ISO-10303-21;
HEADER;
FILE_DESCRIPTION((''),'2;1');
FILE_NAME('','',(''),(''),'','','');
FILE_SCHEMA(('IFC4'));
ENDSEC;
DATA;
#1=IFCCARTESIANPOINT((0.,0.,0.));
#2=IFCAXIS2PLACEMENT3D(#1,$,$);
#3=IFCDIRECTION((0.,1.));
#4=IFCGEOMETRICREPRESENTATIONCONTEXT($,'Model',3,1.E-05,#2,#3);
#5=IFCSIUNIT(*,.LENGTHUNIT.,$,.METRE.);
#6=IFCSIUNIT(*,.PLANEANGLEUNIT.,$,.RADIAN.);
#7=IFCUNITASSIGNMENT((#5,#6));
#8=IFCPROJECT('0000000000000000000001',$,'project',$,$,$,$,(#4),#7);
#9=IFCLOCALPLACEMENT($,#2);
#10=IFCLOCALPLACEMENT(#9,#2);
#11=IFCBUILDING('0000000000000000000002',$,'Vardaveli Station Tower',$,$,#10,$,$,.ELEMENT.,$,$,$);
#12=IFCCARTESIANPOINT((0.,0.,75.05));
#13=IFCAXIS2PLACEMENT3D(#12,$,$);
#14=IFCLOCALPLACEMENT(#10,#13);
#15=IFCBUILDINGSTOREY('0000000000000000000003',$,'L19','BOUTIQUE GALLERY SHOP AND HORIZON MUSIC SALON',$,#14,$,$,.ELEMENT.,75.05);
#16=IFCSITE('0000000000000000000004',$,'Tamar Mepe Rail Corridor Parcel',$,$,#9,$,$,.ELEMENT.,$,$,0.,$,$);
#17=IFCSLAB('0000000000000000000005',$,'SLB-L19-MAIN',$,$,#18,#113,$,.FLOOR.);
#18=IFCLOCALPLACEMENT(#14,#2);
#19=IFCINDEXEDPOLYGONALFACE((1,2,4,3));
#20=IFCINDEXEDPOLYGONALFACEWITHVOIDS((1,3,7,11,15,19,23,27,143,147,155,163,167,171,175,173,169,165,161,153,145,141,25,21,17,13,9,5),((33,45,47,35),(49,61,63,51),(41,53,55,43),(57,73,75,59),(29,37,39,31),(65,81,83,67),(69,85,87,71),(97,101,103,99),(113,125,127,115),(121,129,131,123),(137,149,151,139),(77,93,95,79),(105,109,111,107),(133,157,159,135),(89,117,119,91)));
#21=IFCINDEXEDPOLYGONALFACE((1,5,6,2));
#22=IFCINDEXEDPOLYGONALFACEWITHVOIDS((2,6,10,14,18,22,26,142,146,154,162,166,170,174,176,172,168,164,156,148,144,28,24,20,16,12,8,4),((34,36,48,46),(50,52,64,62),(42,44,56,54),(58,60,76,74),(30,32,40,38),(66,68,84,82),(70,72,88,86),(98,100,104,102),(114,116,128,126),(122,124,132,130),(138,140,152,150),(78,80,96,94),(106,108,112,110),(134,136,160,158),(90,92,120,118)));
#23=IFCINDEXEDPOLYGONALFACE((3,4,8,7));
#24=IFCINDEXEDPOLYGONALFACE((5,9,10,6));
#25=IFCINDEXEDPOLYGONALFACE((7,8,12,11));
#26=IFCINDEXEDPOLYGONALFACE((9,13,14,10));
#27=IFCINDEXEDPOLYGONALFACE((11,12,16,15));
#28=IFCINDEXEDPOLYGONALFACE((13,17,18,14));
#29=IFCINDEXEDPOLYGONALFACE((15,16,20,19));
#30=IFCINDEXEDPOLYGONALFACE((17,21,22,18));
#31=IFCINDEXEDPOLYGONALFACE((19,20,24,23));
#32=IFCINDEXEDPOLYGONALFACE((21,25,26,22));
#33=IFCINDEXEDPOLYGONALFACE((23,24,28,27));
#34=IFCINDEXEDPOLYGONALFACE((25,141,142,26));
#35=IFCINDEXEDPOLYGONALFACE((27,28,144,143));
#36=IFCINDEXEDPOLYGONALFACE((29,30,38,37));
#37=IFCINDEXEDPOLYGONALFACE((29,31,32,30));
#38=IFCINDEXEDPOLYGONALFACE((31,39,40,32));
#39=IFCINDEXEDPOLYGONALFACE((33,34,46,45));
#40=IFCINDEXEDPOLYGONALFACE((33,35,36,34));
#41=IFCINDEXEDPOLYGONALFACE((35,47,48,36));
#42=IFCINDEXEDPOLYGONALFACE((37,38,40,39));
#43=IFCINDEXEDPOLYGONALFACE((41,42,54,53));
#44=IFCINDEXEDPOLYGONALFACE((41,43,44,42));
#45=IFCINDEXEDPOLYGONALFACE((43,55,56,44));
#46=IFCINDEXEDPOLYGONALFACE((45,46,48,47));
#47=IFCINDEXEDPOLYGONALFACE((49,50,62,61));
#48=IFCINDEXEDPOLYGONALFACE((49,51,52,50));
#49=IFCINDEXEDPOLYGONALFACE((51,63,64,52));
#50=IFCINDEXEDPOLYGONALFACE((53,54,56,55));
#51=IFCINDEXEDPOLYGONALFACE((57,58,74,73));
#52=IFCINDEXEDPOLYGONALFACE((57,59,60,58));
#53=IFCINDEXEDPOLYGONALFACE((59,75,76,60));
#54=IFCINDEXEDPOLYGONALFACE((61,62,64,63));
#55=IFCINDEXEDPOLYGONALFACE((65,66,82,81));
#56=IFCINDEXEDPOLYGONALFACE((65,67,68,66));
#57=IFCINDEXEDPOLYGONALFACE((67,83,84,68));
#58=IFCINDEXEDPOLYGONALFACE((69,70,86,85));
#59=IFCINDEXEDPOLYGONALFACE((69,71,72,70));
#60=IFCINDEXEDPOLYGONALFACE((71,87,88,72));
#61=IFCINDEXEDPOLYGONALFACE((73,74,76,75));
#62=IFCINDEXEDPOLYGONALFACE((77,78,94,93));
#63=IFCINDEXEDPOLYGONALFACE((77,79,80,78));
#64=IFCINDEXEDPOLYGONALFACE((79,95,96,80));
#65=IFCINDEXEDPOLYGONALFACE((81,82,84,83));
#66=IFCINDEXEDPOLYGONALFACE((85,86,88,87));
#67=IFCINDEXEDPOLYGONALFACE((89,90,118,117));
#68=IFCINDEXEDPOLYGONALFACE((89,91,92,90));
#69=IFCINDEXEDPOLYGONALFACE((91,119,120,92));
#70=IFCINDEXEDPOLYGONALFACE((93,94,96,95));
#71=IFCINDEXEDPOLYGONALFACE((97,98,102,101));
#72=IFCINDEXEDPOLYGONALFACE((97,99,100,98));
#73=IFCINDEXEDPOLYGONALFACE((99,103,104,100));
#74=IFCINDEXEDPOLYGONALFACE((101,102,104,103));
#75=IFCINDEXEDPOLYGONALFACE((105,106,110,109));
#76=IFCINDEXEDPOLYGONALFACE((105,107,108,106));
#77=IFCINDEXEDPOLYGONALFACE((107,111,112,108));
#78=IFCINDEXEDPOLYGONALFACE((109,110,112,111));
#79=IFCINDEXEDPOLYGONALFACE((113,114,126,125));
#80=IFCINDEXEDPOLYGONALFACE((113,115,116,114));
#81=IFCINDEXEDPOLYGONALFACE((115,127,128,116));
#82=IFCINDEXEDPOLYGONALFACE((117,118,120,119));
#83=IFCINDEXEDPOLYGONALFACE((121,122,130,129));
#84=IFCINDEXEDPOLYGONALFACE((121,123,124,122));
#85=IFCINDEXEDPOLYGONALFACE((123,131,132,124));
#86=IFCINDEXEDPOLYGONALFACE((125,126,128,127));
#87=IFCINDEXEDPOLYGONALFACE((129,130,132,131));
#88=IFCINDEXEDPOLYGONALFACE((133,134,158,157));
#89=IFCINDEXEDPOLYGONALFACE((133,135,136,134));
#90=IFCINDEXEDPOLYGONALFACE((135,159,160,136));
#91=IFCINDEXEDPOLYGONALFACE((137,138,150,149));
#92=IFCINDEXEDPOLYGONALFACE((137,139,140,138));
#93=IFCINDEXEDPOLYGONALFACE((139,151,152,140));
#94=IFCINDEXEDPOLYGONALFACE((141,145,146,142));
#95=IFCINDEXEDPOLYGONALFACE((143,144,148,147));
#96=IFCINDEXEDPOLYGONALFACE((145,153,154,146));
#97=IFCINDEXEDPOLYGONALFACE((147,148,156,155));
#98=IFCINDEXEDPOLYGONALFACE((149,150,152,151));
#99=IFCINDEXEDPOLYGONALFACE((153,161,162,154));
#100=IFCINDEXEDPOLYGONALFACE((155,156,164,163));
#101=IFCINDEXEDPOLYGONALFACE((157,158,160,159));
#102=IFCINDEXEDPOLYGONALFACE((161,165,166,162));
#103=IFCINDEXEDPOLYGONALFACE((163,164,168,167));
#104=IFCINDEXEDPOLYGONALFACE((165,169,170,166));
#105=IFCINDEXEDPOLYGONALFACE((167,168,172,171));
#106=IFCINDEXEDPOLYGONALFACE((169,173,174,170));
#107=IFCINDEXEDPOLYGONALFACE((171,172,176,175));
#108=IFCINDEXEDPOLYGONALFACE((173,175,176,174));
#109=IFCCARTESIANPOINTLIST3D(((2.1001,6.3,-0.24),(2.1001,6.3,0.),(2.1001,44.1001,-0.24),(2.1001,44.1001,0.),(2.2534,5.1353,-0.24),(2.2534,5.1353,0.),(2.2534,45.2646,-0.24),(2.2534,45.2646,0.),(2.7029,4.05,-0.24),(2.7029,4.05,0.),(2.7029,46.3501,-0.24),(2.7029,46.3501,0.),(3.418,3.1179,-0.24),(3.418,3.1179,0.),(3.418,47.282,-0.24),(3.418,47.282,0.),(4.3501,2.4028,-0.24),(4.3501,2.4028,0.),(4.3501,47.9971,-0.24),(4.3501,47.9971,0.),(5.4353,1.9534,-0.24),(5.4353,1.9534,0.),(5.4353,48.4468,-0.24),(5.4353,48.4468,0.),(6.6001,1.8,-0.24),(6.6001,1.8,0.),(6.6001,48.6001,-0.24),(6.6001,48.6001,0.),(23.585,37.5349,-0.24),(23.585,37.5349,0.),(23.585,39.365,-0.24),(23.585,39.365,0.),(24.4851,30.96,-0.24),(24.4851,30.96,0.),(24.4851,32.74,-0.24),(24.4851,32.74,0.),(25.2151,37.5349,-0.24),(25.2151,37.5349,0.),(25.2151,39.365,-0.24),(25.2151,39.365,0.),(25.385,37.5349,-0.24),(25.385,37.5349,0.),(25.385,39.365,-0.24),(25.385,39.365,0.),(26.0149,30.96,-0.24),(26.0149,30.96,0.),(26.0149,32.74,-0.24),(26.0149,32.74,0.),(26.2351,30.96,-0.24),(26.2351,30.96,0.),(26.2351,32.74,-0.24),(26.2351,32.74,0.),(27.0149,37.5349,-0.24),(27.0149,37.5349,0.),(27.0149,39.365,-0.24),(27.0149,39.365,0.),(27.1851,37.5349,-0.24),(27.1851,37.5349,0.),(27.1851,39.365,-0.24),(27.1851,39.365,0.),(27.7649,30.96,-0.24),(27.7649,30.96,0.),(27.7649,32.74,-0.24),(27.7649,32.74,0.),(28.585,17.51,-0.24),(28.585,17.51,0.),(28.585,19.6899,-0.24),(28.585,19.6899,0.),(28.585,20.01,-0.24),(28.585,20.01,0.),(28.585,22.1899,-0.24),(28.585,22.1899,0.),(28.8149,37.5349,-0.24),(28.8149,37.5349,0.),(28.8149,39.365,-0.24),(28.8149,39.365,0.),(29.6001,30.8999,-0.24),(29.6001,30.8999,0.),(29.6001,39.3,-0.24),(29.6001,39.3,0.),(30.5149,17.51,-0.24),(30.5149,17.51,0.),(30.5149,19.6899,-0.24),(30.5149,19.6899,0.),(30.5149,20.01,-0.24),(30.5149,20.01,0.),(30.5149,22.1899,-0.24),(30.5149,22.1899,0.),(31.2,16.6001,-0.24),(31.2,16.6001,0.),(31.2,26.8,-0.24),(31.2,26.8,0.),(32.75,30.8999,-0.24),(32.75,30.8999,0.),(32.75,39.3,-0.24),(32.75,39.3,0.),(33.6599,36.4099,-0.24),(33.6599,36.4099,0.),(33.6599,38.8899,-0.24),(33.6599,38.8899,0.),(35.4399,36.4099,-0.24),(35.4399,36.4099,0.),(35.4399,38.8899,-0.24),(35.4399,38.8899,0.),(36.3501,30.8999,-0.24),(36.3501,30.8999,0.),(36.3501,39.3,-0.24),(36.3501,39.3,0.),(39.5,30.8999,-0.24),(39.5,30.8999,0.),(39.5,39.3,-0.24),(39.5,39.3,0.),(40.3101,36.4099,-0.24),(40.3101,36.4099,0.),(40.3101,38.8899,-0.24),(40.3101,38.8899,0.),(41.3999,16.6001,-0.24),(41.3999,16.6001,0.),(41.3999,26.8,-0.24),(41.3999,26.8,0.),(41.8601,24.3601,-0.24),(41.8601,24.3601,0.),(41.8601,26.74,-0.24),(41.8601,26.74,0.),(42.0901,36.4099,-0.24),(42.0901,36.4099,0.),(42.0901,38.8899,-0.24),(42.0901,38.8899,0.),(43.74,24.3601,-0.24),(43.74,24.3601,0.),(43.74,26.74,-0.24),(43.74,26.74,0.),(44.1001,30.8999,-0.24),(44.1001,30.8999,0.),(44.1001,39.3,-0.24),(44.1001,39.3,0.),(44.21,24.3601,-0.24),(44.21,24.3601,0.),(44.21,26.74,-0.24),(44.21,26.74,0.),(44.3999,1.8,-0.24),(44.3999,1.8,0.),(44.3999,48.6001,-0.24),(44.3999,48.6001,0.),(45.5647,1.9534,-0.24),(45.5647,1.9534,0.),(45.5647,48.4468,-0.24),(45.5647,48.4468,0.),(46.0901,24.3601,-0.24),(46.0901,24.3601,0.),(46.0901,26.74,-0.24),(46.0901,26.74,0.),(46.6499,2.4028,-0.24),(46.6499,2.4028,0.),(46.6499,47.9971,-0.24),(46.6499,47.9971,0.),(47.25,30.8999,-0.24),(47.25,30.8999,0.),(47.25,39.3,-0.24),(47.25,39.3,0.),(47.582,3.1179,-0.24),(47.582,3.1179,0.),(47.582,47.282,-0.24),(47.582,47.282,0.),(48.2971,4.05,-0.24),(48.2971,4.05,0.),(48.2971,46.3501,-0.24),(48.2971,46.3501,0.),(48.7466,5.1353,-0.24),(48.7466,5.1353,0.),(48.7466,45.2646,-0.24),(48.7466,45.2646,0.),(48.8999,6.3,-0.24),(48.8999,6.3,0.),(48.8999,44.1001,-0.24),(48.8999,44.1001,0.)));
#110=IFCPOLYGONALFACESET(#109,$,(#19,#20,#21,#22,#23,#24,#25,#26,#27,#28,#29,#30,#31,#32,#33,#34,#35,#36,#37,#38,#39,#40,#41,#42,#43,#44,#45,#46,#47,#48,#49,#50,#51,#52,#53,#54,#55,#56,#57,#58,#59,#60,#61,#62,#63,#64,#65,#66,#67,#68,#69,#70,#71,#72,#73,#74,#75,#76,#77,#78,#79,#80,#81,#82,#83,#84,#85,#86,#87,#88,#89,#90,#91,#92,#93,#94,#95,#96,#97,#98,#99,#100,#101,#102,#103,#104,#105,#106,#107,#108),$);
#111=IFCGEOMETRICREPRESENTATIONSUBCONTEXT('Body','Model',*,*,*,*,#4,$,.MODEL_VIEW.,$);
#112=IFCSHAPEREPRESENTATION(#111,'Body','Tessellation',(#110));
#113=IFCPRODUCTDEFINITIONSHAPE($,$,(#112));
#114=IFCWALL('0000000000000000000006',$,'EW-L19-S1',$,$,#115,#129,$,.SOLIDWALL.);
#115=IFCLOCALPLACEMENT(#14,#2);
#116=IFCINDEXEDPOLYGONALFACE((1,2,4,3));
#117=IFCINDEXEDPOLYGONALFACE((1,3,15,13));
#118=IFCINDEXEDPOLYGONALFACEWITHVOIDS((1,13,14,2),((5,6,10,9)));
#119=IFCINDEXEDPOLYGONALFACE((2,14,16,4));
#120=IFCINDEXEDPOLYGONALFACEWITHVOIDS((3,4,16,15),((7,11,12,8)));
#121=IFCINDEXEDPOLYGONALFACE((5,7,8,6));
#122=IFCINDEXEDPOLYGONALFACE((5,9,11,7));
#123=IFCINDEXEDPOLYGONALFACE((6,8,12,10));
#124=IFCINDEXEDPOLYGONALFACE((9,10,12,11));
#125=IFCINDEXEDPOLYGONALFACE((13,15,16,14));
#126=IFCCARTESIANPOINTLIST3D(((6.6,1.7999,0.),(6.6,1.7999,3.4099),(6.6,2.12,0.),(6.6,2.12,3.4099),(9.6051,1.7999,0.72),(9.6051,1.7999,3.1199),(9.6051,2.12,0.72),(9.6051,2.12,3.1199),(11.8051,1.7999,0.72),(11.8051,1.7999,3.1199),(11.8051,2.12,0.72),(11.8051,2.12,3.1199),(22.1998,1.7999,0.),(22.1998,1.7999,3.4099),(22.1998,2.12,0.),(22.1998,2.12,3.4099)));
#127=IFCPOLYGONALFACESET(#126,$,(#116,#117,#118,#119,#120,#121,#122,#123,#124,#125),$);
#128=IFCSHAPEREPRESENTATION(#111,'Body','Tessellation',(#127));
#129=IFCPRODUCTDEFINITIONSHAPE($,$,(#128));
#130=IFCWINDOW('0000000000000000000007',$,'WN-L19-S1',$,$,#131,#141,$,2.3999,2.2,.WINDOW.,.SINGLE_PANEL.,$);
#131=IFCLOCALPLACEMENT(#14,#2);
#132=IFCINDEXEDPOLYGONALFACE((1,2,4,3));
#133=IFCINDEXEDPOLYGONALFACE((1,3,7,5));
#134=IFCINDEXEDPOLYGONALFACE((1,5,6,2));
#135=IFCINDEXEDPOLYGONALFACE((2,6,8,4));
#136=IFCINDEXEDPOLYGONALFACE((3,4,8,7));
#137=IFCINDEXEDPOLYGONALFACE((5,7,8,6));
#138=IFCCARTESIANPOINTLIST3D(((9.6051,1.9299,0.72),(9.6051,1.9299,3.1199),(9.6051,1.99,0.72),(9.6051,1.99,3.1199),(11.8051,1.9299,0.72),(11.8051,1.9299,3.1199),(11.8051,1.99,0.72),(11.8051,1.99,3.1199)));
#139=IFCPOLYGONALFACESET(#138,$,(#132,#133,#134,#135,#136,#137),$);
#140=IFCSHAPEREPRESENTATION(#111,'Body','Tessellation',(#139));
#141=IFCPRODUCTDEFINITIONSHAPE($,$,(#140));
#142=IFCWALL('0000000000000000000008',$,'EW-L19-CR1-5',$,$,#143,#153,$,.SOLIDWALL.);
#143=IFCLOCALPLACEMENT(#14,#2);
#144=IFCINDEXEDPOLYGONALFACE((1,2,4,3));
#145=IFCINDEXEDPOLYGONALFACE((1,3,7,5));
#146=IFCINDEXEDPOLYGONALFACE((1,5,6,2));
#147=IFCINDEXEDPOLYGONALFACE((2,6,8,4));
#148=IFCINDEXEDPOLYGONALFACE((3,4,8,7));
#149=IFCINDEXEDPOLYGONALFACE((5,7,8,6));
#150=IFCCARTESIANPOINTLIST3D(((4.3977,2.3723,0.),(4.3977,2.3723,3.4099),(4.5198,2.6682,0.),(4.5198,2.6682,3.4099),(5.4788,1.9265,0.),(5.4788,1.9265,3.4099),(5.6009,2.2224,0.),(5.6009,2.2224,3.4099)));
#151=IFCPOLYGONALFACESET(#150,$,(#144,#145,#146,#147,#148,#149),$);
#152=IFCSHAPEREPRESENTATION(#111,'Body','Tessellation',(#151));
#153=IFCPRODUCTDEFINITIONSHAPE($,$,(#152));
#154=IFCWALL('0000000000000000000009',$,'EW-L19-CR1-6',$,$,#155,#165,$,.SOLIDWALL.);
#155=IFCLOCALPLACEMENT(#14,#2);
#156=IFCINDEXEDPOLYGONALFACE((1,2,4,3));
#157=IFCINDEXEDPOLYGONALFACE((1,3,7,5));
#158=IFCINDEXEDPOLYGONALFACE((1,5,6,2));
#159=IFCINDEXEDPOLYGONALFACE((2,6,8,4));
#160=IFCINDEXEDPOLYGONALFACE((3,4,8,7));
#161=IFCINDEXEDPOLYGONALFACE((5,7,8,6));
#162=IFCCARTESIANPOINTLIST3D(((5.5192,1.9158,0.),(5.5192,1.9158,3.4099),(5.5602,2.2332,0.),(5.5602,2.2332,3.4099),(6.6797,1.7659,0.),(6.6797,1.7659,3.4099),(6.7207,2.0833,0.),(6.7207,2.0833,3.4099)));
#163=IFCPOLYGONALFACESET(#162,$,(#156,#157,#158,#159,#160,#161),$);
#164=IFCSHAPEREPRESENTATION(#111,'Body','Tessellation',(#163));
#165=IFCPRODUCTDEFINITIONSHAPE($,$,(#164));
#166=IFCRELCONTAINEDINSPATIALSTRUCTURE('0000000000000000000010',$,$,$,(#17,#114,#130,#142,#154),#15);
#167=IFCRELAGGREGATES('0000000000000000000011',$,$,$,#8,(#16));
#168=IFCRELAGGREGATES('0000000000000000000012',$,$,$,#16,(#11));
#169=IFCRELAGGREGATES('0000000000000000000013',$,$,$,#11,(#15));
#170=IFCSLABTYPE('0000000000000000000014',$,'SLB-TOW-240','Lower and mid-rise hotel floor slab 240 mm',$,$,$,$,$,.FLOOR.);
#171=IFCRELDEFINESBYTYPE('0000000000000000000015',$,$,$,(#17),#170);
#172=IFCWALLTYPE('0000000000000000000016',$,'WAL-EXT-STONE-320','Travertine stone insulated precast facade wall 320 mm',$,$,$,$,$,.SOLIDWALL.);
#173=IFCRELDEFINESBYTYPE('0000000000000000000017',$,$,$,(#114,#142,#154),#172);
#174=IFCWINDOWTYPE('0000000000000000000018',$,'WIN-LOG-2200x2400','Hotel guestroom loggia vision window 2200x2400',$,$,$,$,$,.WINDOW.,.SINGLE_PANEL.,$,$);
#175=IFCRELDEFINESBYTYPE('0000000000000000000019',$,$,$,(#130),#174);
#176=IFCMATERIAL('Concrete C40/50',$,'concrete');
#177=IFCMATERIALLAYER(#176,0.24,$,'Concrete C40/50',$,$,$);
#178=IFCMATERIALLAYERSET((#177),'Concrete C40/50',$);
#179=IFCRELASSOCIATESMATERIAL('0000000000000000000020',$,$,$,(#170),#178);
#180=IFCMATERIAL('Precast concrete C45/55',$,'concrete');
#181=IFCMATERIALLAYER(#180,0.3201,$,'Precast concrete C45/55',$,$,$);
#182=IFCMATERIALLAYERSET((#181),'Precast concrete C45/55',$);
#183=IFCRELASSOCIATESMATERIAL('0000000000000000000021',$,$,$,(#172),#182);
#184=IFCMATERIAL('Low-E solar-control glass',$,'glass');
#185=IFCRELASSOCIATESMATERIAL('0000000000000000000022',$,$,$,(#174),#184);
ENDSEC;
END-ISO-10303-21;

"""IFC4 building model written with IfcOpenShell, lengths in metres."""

from ifc_helpers import new_model, si_unit, direction, frame, frame_2d, origin, place, context, subcontext, project, spatial, polyline, rectangle, outline, extrude, source, transform, mapped, material, layer, layer_set, type_object, element, fill, save


model = new_model("IFC4")

# Units and contexts
model_context = context("Model", 3, precision=1e-05, world=origin(), true_north=direction((0.0, 1.0)))
body_context = subcontext(model_context, "Body", "Model", "MODEL_VIEW")
ifc_project = project(units=[si_unit("LENGTHUNIT", "METRE"), si_unit("PLANEANGLEUNIT", "RADIAN")], contexts=[model_context])

# Site, building, storey
site_placement = place(None, origin())
site = spatial("IfcSite", under=ifc_project, at=site_placement, Name="Tamar Mepe Rail Corridor Parcel", CompositionType="ELEMENT", RefElevation=0.0)
building_placement = place(site_placement, origin())
building = spatial("IfcBuilding", under=site, at=building_placement, Name="Vardaveli Station Tower", CompositionType="ELEMENT")
storey_placement = place(building_placement, frame((0.0, 0.0, 75.05)))
storey = spatial("IfcBuildingStorey", under=building, at=storey_placement, Name="L19", Description="BOUTIQUE GALLERY SHOP AND HORIZON MUSIC SALON", CompositionType="ELEMENT", Elevation=75.05)

# Shared definitions
ifc_material_1 = material(Name="Concrete C40/50", Category="concrete")

# Slab
ifc_material_2 = material(Name="Precast concrete C45/55", Category="concrete")
ifc_layer_1 = layer(ifc_material_1, 0.24, Name="Concrete C40/50")
ifc_layer_set_1 = layer_set([ifc_layer_1], Name="Concrete C40/50")
slab_type_1 = type_object("IfcSlabType", Name="SLB-TOW-240", Description="Lower and mid-rise hotel floor slab 240 mm", PredefinedType="FLOOR", material=ifc_layer_set_1)
slab_1_placement = place(storey_placement, frame((0.0, 0.0, -0.24)))
element("IfcSlab", 1, at=slab_1_placement, inside=storey, type_object=slab_type_1, Name="SLB-L19-MAIN", PredefinedType="FLOOR", context=body_context, shape_type="SweptSolid", body=[
    extrude(outline(polyline([(2.1001, 6.3), (2.2534, 5.1353), (2.7029, 4.05), (3.418, 3.1179), (4.3501, 2.4028), (5.4353, 1.9534), (6.6001, 1.8), (44.3999, 1.8), (45.5647, 1.9534), (46.6499, 2.4028), (47.582, 3.1179), (48.2971, 4.05), (48.7466, 5.1353), (48.8999, 6.3), (48.8999, 44.1001), (48.7466, 45.2646), (48.2971, 46.3501), (47.582, 47.282), (46.6499, 47.9971), (45.5647, 48.4468), (44.3999, 48.6001), (6.6001, 48.6001), (5.4353, 48.4468), (4.3501, 47.9971), (3.418, 47.282), (2.7029, 46.3501), (2.2534, 45.2646), (2.1001, 44.1001), (2.1001, 6.3)]), holes=[polyline([(31.2, 16.6001), (41.3999, 16.6001), (41.3999, 26.8), (31.2, 26.8), (31.2, 16.6001)]), polyline([(32.75, 30.8999), (32.75, 39.3), (29.6001, 39.3), (29.6001, 30.8999), (32.75, 30.8999)]), polyline([(39.5, 30.8999), (39.5, 39.3), (36.3501, 39.3), (36.3501, 30.8999), (39.5, 30.8999)]), polyline([(47.25, 30.8999), (47.25, 39.3), (44.1001, 39.3), (44.1001, 30.8999), (47.25, 30.8999)]), polyline([(23.585, 37.5349), (25.2151, 37.5349), (25.2151, 39.365), (23.585, 39.365), (23.585, 37.5349)]), polyline([(25.385, 37.5349), (27.0149, 37.5349), (27.0149, 39.365), (25.385, 39.365), (25.385, 37.5349)]), polyline([(27.1851, 37.5349), (28.8149, 37.5349), (28.8149, 39.365), (27.1851, 39.365), (27.1851, 37.5349)]), polyline([(33.6599, 36.4099), (35.4399, 36.4099), (35.4399, 38.8899), (33.6599, 38.8899), (33.6599, 36.4099)]), polyline([(40.3101, 36.4099), (42.0901, 36.4099), (42.0901, 38.8899), (40.3101, 38.8899), (40.3101, 36.4099)]), polyline([(24.4851, 30.96), (26.0149, 30.96), (26.0149, 32.74), (24.4851, 32.74), (24.4851, 30.96)]), polyline([(26.2351, 30.96), (27.7649, 30.96), (27.7649, 32.74), (26.2351, 32.74), (26.2351, 30.96)]), polyline([(28.585, 17.51), (30.5149, 17.51), (30.5149, 19.6899), (28.585, 19.6899), (28.585, 17.51)]), polyline([(28.585, 20.01), (30.5149, 20.01), (30.5149, 22.1899), (28.585, 22.1899), (28.585, 20.01)]), polyline([(41.8601, 24.3601), (43.74, 24.3601), (43.74, 26.74), (41.8601, 26.74), (41.8601, 24.3601)]), polyline([(44.21, 24.3601), (46.0901, 24.3601), (46.0901, 26.74), (44.21, 26.74), (44.21, 24.3601)])]), origin(), (0.0, 0.0, 1.0), 0.24),
])

# Wall, opening, window
ifc_layer_2 = layer(ifc_material_2, 0.3201, Name="Precast concrete C45/55")
ifc_layer_set_2 = layer_set([ifc_layer_2], Name="Precast concrete C45/55")
wall_type = type_object("IfcWallType", Name="WAL-EXT-STONE-320", Description="Travertine stone insulated precast facade wall 320 mm", PredefinedType="SOLIDWALL", material=ifc_layer_set_2)
shared_shape_1 = source(origin(), body_context, "Body", "SweptSolid", [
    extrude(rectangle(XDim=15.5999, YDim=0.3201, at=frame_2d((7.7998, 0.0))), origin(), (0.0, 0.0, 1.0), 3.4099),
])
wall_1_placement = place(storey_placement, frame((6.6001, 1.96, 0.0), z_axis=(0.0, 0.0, 1.0), x_axis=(1.0, 0.0, 0.0)))
wall_1 = element("IfcWall", 2, at=wall_1_placement, inside=storey, type_object=wall_type, Name="EW-L19-S1", PredefinedType="SOLIDWALL", context=body_context, shape_type="MappedRepresentation", body=[
    mapped(shared_shape_1, transform((0.0, 0.0, 0.0), scale=1.0)),
])
shared_shape_2 = source(origin(), body_context, "Body", "SweptSolid", [
    extrude(rectangle(XDim=2.2, YDim=2.3999, at=frame_2d((1.1001, 1.2))), frame((0.0, 0.1699, 0.0), z_axis=(0.0, -1.0, 0.0), x_axis=(1.0, 0.0, 0.0)), (0.0, 0.0, 1.0), 0.3401),
])
opening_placement = place(wall_1_placement, frame((3.0049, 0.0, 0.72)))
opening = element("IfcOpeningElement", 3, at=opening_placement, cuts=wall_1, PredefinedType="OPENING", context=body_context, shape_type="MappedRepresentation", body=[
    mapped(shared_shape_2, transform((0.0, 0.0, 0.0), scale=1.0)),
])
ifc_material_3 = material(Name="Low-E solar-control glass", Category="glass")
window_type = type_object("IfcWindowType", Name="WIN-LOG-2200x2400", Description="Hotel guestroom loggia vision window 2200x2400", PartitioningType="SINGLE_PANEL", PredefinedType="WINDOW", material=ifc_material_3)
shared_shape_3 = source(origin(), body_context, "Body", "SweptSolid", [
    extrude(rectangle(XDim=2.2, YDim=2.3999, at=frame_2d((1.1001, 1.2))), frame((0.0, 0.03, 0.0), z_axis=(0.0, -1.0, 0.0), x_axis=(1.0, 0.0, 0.0)), (0.0, 0.0, 1.0), 0.0601),
])
window_placement = place(opening_placement, origin())
window = element("IfcWindow", 4, at=window_placement, inside=storey, type_object=window_type, Name="WN-L19-S1", OverallHeight=2.3999, OverallWidth=2.2, PartitioningType="SINGLE_PANEL", PredefinedType="WINDOW", context=body_context, shape_type="MappedRepresentation", body=[
    mapped(shared_shape_3, transform((0.0, 0.0, 0.0), scale=1.0)),
])
fill(opening, window)

# Walls
shared_shape_4 = source(origin(), body_context, "Body", "SweptSolid", [
    extrude(rectangle(XDim=1.1694, YDim=0.3201, at=frame_2d((0.5847, 0.0))), origin(), (0.0, 0.0, 1.0), 3.4099),
])
wall_2_placement = place(storey_placement, frame((4.4587, 2.5203, 0.0), z_axis=(0.0, 0.0, 1.0), x_axis=(0.924479, -0.381233, 0.0)))
element("IfcWall", 5, at=wall_2_placement, inside=storey, type_object=wall_type, Name="EW-L19-CR1-5", PredefinedType="SOLIDWALL", context=body_context, shape_type="MappedRepresentation", body=[
    mapped(shared_shape_4, transform((0.0, 0.0, 0.0), scale=1.0)),
])
shared_shape_5 = source(origin(), body_context, "Body", "SweptSolid", [
    extrude(rectangle(XDim=1.1702, YDim=0.3201, at=frame_2d((0.585, 0.0))), origin(), (0.0, 0.0, 1.0), 3.4099),
])
wall_3_placement = place(storey_placement, frame((5.5398, 2.0745, 0.0), z_axis=(0.0, 0.0, 1.0), x_axis=(0.991762, -0.12809, 0.0)))
element("IfcWall", 6, at=wall_3_placement, inside=storey, type_object=wall_type, Name="EW-L19-CR1-6", PredefinedType="SOLIDWALL", context=body_context, shape_type="MappedRepresentation", body=[
    mapped(shared_shape_5, transform((0.0, 0.0, 0.0), scale=1.0)),
])

save(model, "model.ifc")
